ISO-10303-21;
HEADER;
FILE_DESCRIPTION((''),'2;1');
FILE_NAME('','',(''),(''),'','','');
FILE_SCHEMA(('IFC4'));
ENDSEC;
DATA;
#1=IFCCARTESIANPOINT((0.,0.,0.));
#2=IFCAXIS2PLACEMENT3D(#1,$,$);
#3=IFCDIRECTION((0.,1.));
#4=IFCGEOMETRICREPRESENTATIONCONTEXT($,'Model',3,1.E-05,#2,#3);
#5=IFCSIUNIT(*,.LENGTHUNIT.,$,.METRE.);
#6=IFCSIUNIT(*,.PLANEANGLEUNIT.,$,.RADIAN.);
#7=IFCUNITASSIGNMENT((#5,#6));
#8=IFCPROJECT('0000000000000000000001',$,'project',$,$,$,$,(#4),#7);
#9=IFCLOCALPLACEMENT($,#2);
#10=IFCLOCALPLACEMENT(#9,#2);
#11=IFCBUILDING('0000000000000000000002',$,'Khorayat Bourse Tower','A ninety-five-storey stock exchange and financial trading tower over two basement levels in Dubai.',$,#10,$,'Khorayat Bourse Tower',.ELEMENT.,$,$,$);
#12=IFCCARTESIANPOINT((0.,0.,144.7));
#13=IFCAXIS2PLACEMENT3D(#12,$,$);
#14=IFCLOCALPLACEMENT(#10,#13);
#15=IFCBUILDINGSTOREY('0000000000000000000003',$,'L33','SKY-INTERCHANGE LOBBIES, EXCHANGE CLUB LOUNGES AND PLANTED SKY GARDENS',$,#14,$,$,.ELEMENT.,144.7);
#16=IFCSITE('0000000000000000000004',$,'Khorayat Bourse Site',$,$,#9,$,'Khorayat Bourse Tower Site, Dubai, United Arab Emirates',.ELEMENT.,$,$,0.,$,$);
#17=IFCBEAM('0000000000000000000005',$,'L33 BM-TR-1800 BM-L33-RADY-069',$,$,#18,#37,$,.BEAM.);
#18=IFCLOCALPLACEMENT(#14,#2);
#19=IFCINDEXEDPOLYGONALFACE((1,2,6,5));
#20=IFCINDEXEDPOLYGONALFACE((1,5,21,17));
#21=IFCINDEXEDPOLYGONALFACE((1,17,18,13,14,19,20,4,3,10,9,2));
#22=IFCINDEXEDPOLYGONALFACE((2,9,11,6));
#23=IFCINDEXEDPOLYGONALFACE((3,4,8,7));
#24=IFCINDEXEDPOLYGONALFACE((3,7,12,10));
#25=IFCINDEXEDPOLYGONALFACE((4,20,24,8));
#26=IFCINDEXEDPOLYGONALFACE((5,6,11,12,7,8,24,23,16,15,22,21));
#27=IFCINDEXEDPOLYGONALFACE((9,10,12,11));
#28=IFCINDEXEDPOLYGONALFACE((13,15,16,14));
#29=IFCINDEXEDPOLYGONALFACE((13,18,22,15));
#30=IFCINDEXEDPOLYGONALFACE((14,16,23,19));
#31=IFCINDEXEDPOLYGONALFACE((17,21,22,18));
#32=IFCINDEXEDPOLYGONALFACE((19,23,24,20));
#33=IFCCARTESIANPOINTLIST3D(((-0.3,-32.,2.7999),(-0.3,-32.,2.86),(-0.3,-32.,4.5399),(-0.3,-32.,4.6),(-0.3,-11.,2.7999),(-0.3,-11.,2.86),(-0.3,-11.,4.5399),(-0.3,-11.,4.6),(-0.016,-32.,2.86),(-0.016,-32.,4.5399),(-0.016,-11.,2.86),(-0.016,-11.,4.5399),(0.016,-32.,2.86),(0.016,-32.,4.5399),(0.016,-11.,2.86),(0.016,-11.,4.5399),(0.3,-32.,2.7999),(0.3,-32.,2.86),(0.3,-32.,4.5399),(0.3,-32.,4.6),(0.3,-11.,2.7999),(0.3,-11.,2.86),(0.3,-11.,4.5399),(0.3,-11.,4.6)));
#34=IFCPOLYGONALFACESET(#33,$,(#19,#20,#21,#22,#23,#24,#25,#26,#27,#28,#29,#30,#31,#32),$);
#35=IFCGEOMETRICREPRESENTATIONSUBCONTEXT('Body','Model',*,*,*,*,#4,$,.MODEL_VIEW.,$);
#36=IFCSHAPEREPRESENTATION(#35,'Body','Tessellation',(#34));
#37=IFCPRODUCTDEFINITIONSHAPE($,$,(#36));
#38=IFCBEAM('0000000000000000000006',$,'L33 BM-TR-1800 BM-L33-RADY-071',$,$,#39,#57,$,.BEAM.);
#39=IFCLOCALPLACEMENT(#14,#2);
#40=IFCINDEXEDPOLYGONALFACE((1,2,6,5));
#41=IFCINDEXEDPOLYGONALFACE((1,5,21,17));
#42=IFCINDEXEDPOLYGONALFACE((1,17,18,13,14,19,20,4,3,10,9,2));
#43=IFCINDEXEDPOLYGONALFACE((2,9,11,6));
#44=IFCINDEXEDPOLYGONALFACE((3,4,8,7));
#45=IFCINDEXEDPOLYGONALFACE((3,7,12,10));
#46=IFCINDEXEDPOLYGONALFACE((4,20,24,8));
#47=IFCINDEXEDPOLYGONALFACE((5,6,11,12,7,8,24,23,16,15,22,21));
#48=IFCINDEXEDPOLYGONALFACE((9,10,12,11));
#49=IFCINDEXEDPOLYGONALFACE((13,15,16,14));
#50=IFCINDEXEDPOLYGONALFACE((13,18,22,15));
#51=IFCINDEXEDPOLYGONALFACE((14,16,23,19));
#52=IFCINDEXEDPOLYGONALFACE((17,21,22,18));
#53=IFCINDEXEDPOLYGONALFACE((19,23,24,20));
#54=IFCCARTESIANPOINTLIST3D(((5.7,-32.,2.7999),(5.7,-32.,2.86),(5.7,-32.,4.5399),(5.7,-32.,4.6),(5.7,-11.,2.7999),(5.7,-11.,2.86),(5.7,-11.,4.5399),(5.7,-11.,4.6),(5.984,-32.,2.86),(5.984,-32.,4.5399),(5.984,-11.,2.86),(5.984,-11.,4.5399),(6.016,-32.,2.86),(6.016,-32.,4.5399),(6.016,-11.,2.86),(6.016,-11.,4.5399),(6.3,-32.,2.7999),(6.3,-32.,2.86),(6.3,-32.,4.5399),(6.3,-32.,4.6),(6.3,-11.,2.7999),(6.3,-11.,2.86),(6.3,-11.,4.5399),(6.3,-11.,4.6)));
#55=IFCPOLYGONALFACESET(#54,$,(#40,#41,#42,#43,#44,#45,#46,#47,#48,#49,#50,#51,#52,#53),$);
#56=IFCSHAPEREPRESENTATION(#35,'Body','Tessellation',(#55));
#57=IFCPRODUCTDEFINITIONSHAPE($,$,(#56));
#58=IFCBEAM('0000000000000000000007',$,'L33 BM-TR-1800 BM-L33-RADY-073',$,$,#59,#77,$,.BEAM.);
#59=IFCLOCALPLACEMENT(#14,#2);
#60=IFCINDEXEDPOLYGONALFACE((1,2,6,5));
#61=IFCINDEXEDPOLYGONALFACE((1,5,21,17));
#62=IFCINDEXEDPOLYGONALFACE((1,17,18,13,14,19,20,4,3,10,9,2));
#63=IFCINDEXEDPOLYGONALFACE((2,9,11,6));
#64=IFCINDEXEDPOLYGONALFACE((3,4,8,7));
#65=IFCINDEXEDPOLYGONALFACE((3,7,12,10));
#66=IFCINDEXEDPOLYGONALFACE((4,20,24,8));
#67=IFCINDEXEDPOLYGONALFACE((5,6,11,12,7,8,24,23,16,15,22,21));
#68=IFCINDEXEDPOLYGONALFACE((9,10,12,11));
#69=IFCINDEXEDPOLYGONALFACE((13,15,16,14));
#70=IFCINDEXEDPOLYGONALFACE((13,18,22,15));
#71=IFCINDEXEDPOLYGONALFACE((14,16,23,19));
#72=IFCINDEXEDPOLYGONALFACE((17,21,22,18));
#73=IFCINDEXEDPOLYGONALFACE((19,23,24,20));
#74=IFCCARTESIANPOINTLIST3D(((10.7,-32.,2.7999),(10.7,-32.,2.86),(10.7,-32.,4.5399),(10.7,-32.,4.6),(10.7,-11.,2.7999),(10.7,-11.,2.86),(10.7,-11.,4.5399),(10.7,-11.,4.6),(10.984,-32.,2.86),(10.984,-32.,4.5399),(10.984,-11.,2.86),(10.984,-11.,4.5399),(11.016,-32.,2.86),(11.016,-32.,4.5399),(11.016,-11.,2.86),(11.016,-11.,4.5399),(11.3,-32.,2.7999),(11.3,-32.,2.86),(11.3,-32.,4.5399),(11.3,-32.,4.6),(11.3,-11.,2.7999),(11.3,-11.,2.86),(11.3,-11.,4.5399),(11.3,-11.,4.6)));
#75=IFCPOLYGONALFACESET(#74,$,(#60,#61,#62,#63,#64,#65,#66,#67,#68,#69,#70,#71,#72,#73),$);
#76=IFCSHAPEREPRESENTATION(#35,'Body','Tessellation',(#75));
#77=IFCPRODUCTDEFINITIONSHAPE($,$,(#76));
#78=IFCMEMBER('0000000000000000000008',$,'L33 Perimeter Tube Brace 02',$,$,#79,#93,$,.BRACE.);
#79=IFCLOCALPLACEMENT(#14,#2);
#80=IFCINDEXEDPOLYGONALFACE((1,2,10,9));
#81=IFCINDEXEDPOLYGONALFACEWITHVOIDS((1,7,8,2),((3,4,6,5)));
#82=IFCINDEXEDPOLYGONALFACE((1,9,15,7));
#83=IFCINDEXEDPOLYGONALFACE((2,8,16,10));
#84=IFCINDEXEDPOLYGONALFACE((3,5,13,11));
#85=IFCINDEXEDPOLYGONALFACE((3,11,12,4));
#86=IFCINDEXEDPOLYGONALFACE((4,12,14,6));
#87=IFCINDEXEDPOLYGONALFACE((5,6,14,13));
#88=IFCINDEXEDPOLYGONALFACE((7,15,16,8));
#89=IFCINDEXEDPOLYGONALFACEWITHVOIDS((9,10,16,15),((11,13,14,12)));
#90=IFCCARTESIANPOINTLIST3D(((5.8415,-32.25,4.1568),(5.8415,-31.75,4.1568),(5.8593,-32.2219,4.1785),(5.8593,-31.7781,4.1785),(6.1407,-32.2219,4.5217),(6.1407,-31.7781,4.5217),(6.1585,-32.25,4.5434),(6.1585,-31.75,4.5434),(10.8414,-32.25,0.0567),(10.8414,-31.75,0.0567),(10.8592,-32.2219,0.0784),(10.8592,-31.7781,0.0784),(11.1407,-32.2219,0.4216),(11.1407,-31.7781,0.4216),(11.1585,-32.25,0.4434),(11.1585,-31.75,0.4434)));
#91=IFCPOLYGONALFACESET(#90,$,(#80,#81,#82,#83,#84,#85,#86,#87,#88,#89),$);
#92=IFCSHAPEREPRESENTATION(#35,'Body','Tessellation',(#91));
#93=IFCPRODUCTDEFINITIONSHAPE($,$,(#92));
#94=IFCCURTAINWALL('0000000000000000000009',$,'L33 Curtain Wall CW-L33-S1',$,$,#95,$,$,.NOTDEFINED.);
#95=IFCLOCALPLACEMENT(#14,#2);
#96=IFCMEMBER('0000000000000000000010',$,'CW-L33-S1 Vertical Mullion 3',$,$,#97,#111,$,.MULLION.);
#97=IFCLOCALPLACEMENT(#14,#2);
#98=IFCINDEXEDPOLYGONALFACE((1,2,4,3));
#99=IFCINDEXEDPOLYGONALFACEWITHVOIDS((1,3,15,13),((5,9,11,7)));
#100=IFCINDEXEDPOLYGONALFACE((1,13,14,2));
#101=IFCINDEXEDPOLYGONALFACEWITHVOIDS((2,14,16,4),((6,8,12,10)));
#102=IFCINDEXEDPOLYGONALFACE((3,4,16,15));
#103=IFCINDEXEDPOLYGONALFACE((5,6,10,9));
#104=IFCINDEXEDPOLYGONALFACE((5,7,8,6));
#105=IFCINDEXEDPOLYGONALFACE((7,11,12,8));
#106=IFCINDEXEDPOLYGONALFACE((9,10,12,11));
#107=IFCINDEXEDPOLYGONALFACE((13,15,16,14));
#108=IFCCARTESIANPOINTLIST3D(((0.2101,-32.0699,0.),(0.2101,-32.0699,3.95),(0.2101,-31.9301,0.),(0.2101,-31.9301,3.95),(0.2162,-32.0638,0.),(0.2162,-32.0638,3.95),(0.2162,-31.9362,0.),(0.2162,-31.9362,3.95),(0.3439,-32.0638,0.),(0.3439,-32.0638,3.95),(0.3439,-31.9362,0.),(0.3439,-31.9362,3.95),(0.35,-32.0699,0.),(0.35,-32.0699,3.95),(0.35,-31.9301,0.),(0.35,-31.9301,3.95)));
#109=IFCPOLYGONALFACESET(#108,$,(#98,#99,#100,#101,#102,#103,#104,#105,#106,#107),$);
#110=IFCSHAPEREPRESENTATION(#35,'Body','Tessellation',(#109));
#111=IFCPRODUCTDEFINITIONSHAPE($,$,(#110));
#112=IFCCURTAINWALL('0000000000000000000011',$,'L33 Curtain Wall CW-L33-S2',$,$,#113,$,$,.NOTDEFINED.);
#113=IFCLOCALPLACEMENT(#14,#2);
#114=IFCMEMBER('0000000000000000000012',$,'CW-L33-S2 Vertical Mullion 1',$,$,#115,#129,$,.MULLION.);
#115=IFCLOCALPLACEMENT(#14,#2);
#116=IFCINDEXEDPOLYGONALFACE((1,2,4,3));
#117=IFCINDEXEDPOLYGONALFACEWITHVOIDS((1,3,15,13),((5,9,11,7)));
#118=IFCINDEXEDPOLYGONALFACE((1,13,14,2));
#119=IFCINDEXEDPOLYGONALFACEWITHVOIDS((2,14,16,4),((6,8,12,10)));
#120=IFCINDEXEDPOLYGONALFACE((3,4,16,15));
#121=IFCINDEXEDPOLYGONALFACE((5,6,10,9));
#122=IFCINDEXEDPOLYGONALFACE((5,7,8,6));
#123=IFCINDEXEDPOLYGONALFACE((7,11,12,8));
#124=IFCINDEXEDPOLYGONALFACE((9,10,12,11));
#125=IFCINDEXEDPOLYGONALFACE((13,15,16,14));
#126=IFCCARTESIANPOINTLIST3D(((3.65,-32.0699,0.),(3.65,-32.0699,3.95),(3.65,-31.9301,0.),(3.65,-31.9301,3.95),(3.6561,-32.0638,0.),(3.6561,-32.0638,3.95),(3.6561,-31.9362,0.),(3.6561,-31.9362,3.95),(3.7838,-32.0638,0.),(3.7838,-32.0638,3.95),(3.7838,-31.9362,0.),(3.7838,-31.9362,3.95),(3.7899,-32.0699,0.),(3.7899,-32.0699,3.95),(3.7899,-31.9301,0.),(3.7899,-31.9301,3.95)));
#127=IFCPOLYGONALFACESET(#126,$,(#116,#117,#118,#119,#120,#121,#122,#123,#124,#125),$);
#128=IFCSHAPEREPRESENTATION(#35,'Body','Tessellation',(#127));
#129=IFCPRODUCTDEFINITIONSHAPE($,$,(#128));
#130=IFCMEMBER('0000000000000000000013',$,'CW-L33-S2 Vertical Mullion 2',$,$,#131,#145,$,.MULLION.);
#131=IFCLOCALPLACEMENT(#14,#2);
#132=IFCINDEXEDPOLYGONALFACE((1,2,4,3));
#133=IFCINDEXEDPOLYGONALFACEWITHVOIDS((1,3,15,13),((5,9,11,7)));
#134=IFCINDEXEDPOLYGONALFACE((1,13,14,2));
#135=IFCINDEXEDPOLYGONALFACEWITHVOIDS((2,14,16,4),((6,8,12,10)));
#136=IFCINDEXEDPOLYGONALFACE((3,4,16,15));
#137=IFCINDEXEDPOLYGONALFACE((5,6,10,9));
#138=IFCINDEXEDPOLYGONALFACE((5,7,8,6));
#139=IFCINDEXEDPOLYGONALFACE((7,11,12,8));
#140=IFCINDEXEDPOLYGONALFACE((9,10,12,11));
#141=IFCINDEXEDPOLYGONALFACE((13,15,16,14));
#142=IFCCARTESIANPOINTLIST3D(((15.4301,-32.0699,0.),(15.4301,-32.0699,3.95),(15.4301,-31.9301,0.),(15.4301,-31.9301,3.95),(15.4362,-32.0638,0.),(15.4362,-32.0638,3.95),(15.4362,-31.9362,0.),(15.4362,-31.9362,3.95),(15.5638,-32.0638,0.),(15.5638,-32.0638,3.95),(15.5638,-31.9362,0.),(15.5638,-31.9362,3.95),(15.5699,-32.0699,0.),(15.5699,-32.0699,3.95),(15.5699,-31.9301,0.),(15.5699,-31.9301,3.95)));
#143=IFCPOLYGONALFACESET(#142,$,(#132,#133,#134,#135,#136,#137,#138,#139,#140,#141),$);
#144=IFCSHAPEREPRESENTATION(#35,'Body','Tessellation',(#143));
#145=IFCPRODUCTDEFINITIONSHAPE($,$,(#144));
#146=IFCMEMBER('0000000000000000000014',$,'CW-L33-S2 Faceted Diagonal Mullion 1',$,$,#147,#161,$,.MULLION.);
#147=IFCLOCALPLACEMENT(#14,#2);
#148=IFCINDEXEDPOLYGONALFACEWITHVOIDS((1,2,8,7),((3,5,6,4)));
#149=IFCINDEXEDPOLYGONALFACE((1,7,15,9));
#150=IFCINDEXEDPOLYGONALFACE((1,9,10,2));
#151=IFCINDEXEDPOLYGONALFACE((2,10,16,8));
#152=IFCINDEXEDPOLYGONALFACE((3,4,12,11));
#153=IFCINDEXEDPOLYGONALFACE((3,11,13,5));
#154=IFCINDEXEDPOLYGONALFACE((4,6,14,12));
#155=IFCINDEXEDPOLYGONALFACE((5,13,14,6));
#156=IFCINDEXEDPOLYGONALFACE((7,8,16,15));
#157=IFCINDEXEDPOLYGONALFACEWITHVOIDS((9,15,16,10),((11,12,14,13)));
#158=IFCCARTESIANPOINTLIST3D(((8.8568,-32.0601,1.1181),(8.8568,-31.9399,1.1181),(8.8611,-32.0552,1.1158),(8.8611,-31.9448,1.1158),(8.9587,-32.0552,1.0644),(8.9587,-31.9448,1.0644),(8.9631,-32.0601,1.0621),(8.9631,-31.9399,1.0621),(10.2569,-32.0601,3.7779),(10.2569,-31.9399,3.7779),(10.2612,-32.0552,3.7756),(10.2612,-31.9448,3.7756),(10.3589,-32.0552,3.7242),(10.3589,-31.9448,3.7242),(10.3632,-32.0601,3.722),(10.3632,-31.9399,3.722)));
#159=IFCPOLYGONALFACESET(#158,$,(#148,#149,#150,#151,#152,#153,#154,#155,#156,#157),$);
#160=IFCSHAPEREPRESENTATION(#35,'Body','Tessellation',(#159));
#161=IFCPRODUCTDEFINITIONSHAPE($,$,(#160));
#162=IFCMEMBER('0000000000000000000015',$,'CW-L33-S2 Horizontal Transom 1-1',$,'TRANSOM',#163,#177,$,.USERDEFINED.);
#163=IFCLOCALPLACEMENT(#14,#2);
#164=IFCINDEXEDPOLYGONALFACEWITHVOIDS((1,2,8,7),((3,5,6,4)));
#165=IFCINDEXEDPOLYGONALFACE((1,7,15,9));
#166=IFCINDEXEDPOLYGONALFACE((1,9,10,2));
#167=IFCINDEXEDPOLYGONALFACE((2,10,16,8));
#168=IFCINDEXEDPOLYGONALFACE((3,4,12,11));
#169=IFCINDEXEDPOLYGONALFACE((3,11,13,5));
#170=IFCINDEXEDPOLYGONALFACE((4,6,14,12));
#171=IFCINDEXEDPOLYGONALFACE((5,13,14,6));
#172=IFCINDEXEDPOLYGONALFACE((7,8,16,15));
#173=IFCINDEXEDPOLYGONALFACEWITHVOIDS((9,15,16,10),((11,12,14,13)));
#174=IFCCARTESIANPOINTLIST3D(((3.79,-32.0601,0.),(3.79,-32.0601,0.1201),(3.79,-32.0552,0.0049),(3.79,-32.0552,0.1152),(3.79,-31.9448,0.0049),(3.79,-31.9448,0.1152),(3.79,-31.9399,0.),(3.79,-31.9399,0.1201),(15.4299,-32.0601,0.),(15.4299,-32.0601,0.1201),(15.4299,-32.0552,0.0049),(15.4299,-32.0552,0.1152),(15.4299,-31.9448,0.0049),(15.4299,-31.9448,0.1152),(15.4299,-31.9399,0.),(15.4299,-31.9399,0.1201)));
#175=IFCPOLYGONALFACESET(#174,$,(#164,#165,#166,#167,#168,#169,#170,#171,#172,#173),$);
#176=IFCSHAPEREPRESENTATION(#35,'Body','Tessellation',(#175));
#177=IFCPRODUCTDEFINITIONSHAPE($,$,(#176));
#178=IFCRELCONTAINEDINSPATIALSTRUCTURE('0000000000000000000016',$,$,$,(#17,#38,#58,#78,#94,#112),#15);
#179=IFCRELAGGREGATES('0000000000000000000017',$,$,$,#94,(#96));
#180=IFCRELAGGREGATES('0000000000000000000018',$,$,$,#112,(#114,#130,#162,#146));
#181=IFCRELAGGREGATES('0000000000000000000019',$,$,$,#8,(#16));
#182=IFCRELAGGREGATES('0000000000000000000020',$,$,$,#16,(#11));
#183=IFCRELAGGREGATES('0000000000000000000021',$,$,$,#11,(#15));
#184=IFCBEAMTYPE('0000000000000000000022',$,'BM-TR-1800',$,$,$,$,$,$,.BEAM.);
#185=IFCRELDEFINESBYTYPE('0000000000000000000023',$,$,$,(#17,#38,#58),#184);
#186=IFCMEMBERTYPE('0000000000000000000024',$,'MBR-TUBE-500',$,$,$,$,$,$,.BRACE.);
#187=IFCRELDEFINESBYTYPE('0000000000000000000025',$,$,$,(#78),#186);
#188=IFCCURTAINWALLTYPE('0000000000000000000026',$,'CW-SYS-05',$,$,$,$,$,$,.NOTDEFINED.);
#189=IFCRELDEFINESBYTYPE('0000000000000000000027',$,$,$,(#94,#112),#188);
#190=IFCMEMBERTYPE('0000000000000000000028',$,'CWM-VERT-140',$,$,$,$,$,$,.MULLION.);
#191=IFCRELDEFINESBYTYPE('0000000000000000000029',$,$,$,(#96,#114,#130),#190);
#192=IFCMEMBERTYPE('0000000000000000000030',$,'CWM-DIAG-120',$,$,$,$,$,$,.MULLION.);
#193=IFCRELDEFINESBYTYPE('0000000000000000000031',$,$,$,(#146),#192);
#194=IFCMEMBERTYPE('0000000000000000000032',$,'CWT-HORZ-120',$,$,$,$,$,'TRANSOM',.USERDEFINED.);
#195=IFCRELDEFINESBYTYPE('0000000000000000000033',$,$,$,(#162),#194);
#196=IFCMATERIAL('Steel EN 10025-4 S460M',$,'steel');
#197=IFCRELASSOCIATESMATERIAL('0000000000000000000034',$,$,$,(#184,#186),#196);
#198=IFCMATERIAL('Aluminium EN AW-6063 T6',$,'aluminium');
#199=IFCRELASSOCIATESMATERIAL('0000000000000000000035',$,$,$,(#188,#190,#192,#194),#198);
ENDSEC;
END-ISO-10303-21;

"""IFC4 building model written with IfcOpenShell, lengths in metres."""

from ifc_helpers import new_model, si_unit, direction, frame, origin, origin_2d, place, context, subcontext, project, spatial, hollow_rectangle, i_section, extrude, source, transform, mapped, material, material_profile, profile_set, type_object, element, aggregate, save


model = new_model("IFC4")

# Units and contexts
model_context = context("Model", 3, precision=1e-05, world=origin(), true_north=direction((0.0, 1.0)))
body_context = subcontext(model_context, "Body", "Model", "MODEL_VIEW")
ifc_project = project(units=[si_unit("LENGTHUNIT", "METRE"), si_unit("PLANEANGLEUNIT", "RADIAN")], contexts=[model_context])

# Site, building, storey
site_placement = place(None, origin())
site = spatial("IfcSite", under=ifc_project, at=site_placement, Name="Khorayat Bourse Site", LongName="Khorayat Bourse Tower Site, Dubai, United Arab Emirates", CompositionType="ELEMENT", RefElevation=0.0)
building_placement = place(site_placement, origin())
building = spatial("IfcBuilding", under=site, at=building_placement, Name="Khorayat Bourse Tower", Description="A ninety-five-storey stock exchange and financial trading tower over two basement levels in Dubai.", LongName="Khorayat Bourse Tower", CompositionType="ELEMENT")
storey_placement = place(building_placement, frame((0.0, 0.0, 144.7)))
storey = spatial("IfcBuildingStorey", under=building, at=storey_placement, Name="L33", Description="SKY-INTERCHANGE LOBBIES, EXCHANGE CLUB LOUNGES AND PLANTED SKY GARDENS", CompositionType="ELEMENT", Elevation=144.7)

# Shared definitions
ifc_material_1 = material(Name="Steel EN 10025-4 S460M", Category="steel")

# Beams
ifc_material_profile_1 = material_profile(ifc_material_1, i_section(OverallWidth=0.6001, OverallDepth=1.8, WebThickness=0.032, FlangeThickness=0.0601, at=origin_2d()), Name="PG 1800x600x32x60")
ifc_profile_set_1 = profile_set([ifc_material_profile_1], Name="Steel EN 10025-4 S460M")
beam_type_1 = type_object("IfcBeamType", Name="BM-TR-1800", PredefinedType="BEAM", material=ifc_profile_set_1)
shared_shape_1 = source(origin(), body_context, "Body", "SweptSolid", [
    extrude(i_section(OverallWidth=0.6001, OverallDepth=1.8, WebThickness=0.032, FlangeThickness=0.0601, at=origin_2d()), origin(), (0.0, 0.0, 1.0), 21.0),
])
for number, where, z_axis, x_axis, name in (
    (1, (0.0, -32.0, 3.7), (0.0, 1.0, 0.0), (-1.0, 0.0, 0.0), "L33 BM-TR-1800 BM-L33-RADY-069"),
    (2, (6.0, -32.0, 3.7), (0.0, 1.0, 0.0), (-1.0, 0.0, 0.0), "L33 BM-TR-1800 BM-L33-RADY-071"),
    (3, (11.0, -32.0, 3.7), (0.0, 1.0, 0.0), (-1.0, 0.0, 0.0), "L33 BM-TR-1800 BM-L33-RADY-073"),
):
    element("IfcBeam", number, at=place(storey_placement, frame(where, z_axis=z_axis, x_axis=x_axis)), inside=storey, type_object=beam_type_1, Name=name, PredefinedType="BEAM", context=body_context, shape_type="MappedRepresentation", body=[
        mapped(shared_shape_1, transform((0.0, 0.0, 0.0), scale=1.0)),
    ])

# Member
ifc_material_profile_2 = material_profile(ifc_material_1, hollow_rectangle(XDim=0.5, YDim=0.5, WallThickness=0.0281, at=origin_2d()), Name="HSS 500x500x28")
ifc_profile_set_2 = profile_set([ifc_material_profile_2], Name="Steel EN 10025-4 S460M")
member_type_1 = type_object("IfcMemberType", Name="MBR-TUBE-500", PredefinedType="BRACE", material=ifc_profile_set_2)
shared_shape_2 = source(origin(), body_context, "Body", "SweptSolid", [
    extrude(hollow_rectangle(XDim=0.5, YDim=0.5, WallThickness=0.0281, at=origin_2d()), origin(), (0.0, 0.0, 1.0), 6.4661),
])
member_1_placement = place(storey_placement, frame((6.0, -32.0, 4.3501), z_axis=(0.77326, 0.0, -0.634089), x_axis=(0.0, 1.0, 0.0)))
element("IfcMember", 4, at=member_1_placement, inside=storey, type_object=member_type_1, Name="L33 Perimeter Tube Brace 02", PredefinedType="BRACE", context=body_context, shape_type="MappedRepresentation", body=[
    mapped(shared_shape_2, transform((0.0, 0.0, 0.0), scale=1.0)),
])

# Curtain wall, member
ifc_material_2 = material(Name="Aluminium EN AW-6063 T6", Category="aluminium")
curtain_wall_type = type_object("IfcCurtainWallType", Name="CW-SYS-05", PredefinedType="NOTDEFINED", material=ifc_material_2)
curtain_wall_1_placement = place(storey_placement, origin())
curtain_wall_1 = element("IfcCurtainWall", 5, at=curtain_wall_1_placement, inside=storey, type_object=curtain_wall_type, Name="L33 Curtain Wall CW-L33-S1", PredefinedType="NOTDEFINED")
ifc_material_profile_3 = material_profile(ifc_material_2, hollow_rectangle(XDim=0.1399, YDim=0.1399, WallThickness=0.0061, at=origin_2d()), Name="ALU 140x140x6")
ifc_profile_set_3 = profile_set([ifc_material_profile_3], Name="Aluminium EN AW-6063 T6")
member_type_2 = type_object("IfcMemberType", Name="CWM-VERT-140", PredefinedType="MULLION", material=ifc_profile_set_3)
shared_shape_3 = source(origin(), body_context, "Body", "SweptSolid", [
    extrude(hollow_rectangle(XDim=0.1399, YDim=0.1399, WallThickness=0.0061, at=origin_2d()), origin(), (0.0, 0.0, 1.0), 3.95),
])
member_2_placement = place(storey_placement, frame((0.28, -32.0, 0.0), z_axis=(0.0, 0.0, 1.0), x_axis=(0.0, 1.0, 0.0)))
member_2 = element("IfcMember", 6, at=member_2_placement, type_object=member_type_2, Name="CW-L33-S1 Vertical Mullion 3", PredefinedType="MULLION", context=body_context, shape_type="MappedRepresentation", body=[
    mapped(shared_shape_3, transform((0.0, 0.0, 0.0), scale=1.0)),
])
aggregate(curtain_wall_1, [member_2])

# Curtain wall, members
curtain_wall_2_placement = place(storey_placement, origin())
curtain_wall_2 = element("IfcCurtainWall", 7, at=curtain_wall_2_placement, inside=storey, type_object=curtain_wall_type, Name="L33 Curtain Wall CW-L33-S2", PredefinedType="NOTDEFINED")
member_3_placement = place(storey_placement, frame((3.72, -32.0, 0.0), z_axis=(0.0, 0.0, 1.0), x_axis=(0.0, 1.0, 0.0)))
member_3 = element("IfcMember", 8, at=member_3_placement, type_object=member_type_2, Name="CW-L33-S2 Vertical Mullion 1", PredefinedType="MULLION", context=body_context, shape_type="MappedRepresentation", body=[
    mapped(shared_shape_3, transform((0.0, 0.0, 0.0), scale=1.0)),
])
member_4_placement = place(storey_placement, frame((15.5, -32.0, 0.0), z_axis=(0.0, 0.0, 1.0), x_axis=(0.0, 1.0, 0.0)))
member_4 = element("IfcMember", 9, at=member_4_placement, type_object=member_type_2, Name="CW-L33-S2 Vertical Mullion 2", PredefinedType="MULLION", context=body_context, shape_type="MappedRepresentation", body=[
    mapped(shared_shape_3, transform((0.0, 0.0, 0.0), scale=1.0)),
])
ifc_material_profile_4 = material_profile(ifc_material_2, hollow_rectangle(XDim=0.1201, YDim=0.1201, WallThickness=0.0049, at=origin_2d()), Name="ALU 120x120x5")
ifc_profile_set_4 = profile_set([ifc_material_profile_4], Name="Aluminium EN AW-6063 T6")
member_type_3 = type_object("IfcMemberType", Name="CWM-DIAG-120", PredefinedType="MULLION", material=ifc_profile_set_4)
shared_shape_4 = source(origin(), body_context, "Body", "SweptSolid", [
    extrude(hollow_rectangle(XDim=0.1201, YDim=0.1201, WallThickness=0.0049, at=origin_2d()), origin(), (0.0, 0.0, 1.0), 3.0059),
])
member_5_placement = place(storey_placement, frame((8.9099, -32.0, 1.0901), z_axis=(0.465797, 0.0, 0.884892), x_axis=(0.0, 1.0, 0.0)))
member_5 = element("IfcMember", 10, at=member_5_placement, type_object=member_type_3, Name="CW-L33-S2 Faceted Diagonal Mullion 1", PredefinedType="MULLION", context=body_context, shape_type="MappedRepresentation", body=[
    mapped(shared_shape_4, transform((0.0, 0.0, 0.0), scale=1.0)),
])
ifc_material_profile_5 = material_profile(ifc_material_2, hollow_rectangle(XDim=0.1201, YDim=0.1201, WallThickness=0.0049, at=origin_2d()), Name="ALU 120x120x5")
ifc_profile_set_5 = profile_set([ifc_material_profile_5], Name="Aluminium EN AW-6063 T6")
member_type_4 = type_object("IfcMemberType", Name="CWT-HORZ-120", ElementType="TRANSOM", PredefinedType="USERDEFINED", material=ifc_profile_set_5)
shared_shape_5 = source(origin(), body_context, "Body", "SweptSolid", [
    extrude(hollow_rectangle(XDim=0.1201, YDim=0.1201, WallThickness=0.0049, at=origin_2d()), origin(), (0.0, 0.0, 1.0), 11.6399),
])
member_6_placement = place(storey_placement, frame((3.79, -32.0, 0.0601), z_axis=(1.0, 0.0, 0.0), x_axis=(0.0, 1.0, 0.0)))
member_6 = element("IfcMember", 11, at=member_6_placement, type_object=member_type_4, Name="CW-L33-S2 Horizontal Transom 1-1", ObjectType="TRANSOM", PredefinedType="USERDEFINED", context=body_context, shape_type="MappedRepresentation", body=[
    mapped(shared_shape_5, transform((0.0, 0.0, 0.0), scale=1.0)),
])

aggregate(curtain_wall_2, [member_3, member_4, member_6, member_5])

save(model, "model.ifc")
